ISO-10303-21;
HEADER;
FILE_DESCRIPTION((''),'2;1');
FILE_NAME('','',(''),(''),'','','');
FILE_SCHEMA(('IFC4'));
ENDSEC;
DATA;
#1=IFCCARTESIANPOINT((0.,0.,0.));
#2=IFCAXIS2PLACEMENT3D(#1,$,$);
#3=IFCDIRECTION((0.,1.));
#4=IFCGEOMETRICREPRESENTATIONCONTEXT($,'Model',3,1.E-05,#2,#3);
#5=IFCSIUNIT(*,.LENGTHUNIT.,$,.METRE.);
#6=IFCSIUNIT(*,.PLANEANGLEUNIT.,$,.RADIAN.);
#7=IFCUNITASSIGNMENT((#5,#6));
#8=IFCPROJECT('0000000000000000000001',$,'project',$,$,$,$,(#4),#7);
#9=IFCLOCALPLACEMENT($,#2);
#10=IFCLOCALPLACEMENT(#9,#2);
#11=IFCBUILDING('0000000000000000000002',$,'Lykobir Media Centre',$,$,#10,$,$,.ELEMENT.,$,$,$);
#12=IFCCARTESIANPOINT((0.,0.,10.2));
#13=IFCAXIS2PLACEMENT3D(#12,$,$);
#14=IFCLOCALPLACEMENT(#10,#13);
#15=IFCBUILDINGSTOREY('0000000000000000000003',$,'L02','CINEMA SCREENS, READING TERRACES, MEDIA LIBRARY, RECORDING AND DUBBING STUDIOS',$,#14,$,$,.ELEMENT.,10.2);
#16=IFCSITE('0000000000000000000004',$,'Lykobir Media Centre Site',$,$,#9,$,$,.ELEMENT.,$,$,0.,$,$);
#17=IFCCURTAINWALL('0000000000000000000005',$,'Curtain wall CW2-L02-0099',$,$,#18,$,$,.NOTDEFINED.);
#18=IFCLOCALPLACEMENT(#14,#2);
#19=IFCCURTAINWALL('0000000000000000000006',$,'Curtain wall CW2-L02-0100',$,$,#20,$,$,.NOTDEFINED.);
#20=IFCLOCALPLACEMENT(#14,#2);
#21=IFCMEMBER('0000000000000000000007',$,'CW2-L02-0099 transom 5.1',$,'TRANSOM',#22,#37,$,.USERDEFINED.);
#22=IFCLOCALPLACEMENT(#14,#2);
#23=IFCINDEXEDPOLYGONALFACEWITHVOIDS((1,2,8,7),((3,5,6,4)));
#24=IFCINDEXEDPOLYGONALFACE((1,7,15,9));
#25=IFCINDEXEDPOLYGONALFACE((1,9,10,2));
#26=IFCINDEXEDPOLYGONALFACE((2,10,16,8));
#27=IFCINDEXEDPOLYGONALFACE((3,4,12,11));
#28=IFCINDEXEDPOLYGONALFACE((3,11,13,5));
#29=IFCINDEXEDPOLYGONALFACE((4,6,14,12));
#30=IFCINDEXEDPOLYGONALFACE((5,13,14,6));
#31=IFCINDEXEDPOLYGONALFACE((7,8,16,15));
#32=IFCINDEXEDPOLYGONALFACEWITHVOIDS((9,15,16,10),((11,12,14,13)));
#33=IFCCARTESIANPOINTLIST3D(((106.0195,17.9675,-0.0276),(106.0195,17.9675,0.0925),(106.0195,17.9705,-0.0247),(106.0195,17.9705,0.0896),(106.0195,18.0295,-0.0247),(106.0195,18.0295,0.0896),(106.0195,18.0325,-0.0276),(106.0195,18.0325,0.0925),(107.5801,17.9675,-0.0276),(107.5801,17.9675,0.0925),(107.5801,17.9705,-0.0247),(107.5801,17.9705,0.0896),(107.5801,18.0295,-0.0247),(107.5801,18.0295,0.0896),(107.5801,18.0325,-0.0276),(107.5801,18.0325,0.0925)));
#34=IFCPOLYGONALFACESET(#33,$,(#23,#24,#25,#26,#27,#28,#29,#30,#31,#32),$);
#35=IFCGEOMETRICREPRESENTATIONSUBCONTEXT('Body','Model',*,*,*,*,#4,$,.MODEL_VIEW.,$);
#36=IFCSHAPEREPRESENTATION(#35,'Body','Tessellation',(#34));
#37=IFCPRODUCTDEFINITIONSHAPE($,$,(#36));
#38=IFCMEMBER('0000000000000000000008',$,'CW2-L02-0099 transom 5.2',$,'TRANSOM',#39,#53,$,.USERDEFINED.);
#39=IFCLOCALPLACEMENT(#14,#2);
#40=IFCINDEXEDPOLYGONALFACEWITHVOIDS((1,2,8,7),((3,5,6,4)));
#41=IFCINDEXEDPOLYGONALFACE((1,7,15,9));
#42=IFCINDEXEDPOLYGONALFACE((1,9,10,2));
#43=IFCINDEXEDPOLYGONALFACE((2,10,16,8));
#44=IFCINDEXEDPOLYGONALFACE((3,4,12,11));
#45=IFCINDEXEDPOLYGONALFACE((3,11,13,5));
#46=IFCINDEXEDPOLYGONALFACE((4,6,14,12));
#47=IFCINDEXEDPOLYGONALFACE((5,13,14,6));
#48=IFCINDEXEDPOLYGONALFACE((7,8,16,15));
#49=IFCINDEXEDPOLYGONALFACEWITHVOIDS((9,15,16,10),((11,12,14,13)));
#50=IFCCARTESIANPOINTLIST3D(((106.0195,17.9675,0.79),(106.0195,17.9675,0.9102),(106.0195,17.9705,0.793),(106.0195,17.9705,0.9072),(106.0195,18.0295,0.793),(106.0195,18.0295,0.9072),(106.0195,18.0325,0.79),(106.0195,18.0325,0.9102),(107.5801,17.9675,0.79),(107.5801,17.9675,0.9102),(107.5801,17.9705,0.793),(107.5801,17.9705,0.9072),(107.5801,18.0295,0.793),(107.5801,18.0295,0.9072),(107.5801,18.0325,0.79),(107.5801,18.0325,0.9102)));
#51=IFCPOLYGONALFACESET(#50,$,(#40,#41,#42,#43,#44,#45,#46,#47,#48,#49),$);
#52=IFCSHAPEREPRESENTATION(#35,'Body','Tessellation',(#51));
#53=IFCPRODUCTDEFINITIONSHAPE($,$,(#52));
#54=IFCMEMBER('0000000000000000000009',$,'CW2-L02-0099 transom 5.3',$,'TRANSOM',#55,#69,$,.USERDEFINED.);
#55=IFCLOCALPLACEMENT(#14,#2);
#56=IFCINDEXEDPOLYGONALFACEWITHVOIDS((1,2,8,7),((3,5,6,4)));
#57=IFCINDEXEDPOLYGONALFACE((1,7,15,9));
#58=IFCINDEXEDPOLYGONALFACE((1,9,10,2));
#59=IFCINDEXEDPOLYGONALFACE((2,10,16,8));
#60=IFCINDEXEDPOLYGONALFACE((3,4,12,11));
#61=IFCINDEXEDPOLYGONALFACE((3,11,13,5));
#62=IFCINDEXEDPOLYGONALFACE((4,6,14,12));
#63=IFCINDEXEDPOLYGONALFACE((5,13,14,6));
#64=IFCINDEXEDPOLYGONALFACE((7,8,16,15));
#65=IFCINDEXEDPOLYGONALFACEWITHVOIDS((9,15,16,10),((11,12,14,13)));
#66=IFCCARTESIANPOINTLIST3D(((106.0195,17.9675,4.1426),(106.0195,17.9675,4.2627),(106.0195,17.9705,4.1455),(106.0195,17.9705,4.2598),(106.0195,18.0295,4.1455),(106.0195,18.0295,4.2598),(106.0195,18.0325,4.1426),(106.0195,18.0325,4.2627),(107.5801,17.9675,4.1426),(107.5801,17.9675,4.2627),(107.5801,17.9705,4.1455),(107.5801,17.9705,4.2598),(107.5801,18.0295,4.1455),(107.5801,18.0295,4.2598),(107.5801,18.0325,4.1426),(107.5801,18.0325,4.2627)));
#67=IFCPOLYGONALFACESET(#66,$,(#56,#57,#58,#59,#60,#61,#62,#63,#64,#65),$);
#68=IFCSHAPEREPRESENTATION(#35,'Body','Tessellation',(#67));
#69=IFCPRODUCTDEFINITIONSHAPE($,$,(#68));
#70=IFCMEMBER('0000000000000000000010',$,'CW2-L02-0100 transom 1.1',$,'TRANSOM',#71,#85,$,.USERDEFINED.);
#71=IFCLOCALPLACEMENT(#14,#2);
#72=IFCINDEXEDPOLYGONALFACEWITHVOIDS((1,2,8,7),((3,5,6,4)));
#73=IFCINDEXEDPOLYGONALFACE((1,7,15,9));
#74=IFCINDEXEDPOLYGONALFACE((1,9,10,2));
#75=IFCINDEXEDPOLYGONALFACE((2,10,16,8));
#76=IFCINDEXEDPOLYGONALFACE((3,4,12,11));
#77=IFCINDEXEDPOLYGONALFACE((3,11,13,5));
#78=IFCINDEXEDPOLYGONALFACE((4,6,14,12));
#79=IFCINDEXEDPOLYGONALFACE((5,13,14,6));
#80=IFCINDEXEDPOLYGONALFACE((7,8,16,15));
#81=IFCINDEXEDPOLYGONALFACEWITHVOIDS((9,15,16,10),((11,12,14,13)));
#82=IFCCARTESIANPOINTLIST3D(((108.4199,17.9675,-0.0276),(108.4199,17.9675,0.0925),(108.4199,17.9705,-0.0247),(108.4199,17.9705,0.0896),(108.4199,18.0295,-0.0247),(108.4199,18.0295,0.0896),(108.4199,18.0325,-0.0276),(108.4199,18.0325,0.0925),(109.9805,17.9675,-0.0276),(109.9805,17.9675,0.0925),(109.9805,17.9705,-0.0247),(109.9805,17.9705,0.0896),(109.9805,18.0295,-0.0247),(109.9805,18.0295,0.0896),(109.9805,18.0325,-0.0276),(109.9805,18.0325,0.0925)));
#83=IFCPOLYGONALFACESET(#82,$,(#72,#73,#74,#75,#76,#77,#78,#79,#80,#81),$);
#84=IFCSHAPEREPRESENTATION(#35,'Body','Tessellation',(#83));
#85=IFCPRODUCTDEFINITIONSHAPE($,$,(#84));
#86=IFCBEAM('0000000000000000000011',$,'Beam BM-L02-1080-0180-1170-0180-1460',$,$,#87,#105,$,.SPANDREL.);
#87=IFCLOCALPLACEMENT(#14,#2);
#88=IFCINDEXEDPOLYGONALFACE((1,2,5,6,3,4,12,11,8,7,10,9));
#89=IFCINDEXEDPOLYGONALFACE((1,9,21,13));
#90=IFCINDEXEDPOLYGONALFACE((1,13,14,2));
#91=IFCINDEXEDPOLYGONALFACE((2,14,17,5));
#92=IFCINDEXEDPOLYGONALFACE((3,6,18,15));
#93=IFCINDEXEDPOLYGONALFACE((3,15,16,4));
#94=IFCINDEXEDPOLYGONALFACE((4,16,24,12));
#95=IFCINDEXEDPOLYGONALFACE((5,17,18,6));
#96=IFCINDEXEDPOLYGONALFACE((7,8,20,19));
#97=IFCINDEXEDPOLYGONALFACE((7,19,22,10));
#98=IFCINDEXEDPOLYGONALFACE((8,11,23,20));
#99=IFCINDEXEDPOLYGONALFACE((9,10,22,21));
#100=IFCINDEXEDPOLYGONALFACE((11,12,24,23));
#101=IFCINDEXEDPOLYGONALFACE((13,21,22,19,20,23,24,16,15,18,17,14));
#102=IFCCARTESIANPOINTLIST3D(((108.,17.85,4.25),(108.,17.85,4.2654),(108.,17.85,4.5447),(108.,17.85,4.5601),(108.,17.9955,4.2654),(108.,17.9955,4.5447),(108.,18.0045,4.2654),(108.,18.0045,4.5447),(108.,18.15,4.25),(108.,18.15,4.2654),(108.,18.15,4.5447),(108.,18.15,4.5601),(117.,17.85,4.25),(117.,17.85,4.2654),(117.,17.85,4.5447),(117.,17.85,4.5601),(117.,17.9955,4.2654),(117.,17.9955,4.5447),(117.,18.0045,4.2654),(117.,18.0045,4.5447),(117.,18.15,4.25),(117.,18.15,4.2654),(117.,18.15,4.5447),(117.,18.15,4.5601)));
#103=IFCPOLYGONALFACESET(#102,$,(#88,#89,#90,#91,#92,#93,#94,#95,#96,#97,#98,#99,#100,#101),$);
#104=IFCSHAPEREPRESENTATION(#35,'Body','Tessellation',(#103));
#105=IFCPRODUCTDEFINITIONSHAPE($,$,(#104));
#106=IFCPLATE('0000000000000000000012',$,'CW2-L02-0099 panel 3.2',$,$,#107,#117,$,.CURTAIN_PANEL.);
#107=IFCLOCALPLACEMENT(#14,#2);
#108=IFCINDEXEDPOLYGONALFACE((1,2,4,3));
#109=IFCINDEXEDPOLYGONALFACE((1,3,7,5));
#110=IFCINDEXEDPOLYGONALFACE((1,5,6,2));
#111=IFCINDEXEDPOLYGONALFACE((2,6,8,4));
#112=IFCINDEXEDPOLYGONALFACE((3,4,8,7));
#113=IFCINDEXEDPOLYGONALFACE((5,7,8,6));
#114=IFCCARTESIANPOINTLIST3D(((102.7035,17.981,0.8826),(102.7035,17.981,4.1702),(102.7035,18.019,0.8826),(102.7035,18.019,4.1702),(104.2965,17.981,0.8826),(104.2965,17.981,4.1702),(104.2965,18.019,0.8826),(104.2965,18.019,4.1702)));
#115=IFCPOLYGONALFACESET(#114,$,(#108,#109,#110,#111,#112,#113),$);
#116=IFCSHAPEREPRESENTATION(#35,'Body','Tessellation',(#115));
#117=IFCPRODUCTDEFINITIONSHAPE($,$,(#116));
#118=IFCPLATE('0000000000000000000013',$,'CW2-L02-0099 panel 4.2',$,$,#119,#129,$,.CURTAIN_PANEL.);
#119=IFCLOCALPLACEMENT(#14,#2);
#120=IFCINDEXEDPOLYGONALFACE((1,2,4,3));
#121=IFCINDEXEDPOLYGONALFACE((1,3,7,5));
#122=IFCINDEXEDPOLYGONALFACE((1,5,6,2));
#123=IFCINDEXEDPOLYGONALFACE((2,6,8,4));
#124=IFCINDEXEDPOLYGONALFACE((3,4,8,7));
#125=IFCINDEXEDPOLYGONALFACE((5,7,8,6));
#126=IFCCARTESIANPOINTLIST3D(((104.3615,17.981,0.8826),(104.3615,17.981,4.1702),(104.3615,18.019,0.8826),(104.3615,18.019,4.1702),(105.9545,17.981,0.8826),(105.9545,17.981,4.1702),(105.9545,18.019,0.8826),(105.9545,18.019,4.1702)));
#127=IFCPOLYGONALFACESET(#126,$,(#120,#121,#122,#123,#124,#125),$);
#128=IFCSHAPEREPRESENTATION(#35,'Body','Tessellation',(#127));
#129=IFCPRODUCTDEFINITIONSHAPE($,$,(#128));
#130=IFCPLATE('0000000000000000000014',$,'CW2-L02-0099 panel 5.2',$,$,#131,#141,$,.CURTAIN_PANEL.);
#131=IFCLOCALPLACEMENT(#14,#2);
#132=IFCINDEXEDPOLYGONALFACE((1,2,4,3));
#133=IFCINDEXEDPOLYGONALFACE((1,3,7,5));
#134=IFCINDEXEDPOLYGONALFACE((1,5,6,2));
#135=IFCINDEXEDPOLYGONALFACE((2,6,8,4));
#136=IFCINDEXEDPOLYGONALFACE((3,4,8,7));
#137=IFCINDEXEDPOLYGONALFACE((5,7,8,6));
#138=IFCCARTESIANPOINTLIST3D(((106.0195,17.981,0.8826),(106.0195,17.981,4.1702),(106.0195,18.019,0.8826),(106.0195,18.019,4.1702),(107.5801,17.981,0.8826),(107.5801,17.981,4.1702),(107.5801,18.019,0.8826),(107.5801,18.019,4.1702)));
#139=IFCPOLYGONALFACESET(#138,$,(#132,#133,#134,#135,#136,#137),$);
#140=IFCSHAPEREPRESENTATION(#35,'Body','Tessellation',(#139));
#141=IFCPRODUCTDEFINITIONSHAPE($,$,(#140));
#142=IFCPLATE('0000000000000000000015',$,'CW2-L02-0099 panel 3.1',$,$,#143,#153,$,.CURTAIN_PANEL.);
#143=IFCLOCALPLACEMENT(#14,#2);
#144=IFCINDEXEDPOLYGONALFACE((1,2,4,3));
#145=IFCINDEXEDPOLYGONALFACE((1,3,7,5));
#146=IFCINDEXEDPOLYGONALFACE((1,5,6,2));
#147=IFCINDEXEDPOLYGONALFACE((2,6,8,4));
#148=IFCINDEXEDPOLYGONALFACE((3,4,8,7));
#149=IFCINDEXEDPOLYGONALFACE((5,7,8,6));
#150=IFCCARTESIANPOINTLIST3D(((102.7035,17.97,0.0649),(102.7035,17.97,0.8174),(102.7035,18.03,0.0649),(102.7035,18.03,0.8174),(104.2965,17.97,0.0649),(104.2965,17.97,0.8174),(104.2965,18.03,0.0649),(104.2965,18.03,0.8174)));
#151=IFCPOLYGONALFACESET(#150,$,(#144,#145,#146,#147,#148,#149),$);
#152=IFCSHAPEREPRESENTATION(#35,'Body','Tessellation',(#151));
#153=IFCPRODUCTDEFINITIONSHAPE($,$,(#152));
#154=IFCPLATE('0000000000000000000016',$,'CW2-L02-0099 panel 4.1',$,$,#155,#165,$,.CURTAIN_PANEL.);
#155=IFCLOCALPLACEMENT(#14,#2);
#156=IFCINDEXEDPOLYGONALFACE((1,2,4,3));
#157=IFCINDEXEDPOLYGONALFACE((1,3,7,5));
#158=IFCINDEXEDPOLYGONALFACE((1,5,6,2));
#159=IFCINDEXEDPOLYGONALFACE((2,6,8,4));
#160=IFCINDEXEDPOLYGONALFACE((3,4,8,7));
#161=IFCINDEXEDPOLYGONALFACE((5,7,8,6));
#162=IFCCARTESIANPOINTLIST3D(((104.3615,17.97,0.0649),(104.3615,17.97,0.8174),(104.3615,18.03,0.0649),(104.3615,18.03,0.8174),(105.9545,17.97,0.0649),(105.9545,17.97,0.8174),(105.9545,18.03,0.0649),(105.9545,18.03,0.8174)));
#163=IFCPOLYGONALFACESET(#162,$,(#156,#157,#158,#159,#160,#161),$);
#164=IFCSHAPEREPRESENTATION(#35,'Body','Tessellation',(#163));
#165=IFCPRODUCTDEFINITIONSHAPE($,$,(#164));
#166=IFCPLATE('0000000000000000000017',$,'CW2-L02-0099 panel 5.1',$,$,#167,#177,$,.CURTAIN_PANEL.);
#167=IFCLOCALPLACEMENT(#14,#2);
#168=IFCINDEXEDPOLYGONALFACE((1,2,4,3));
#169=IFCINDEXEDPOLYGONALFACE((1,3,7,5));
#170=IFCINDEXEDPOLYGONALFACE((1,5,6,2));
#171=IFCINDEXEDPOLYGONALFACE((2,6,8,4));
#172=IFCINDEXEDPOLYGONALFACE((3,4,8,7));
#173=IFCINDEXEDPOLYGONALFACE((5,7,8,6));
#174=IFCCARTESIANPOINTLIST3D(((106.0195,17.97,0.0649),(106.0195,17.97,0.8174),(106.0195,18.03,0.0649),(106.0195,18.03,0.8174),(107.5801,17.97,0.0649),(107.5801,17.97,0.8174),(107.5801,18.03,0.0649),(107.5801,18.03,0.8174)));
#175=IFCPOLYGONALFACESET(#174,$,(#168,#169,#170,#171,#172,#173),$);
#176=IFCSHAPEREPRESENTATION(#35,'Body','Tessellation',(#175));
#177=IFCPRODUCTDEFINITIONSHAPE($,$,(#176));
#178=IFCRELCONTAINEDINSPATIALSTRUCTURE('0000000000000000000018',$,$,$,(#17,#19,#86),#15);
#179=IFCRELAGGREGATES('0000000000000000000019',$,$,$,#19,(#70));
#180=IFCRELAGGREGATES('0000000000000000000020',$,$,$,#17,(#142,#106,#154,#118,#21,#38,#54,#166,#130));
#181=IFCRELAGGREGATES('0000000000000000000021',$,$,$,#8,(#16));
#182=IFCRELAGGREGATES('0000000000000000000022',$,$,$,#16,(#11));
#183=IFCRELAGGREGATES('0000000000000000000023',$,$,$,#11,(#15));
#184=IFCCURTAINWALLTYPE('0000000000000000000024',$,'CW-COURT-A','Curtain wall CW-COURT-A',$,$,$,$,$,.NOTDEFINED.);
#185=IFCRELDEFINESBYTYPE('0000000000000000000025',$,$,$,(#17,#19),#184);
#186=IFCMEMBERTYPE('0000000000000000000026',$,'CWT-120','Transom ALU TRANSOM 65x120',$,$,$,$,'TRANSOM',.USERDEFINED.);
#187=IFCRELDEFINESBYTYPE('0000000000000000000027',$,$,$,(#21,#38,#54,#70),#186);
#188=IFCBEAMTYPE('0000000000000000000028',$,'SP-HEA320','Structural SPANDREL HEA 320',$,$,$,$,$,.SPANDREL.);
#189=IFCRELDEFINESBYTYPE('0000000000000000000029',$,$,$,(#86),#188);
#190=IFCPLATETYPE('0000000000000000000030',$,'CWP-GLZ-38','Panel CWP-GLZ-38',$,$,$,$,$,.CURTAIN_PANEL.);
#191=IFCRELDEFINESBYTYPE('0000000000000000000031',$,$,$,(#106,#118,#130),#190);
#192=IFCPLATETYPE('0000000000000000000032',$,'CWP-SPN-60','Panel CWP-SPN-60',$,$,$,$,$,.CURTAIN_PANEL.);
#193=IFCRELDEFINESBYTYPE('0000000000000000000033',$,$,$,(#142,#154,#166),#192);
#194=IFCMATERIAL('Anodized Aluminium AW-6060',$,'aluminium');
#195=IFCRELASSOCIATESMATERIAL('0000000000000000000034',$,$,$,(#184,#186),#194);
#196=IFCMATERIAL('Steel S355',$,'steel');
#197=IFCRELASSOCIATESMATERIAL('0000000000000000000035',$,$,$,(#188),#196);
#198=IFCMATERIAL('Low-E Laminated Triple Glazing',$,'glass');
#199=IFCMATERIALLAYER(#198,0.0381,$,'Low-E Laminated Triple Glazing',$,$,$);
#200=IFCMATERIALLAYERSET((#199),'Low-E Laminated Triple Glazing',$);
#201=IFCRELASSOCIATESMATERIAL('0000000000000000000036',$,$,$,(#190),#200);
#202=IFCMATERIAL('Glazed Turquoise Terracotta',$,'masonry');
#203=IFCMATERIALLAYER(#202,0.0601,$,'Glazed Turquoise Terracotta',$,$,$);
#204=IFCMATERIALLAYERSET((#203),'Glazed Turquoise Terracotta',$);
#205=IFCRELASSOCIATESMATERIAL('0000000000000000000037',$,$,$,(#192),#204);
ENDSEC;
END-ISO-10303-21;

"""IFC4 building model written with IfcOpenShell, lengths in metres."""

from ifc_helpers import new_model, si_unit, direction, frame, origin, origin_2d, place, context, subcontext, project, spatial, rectangle, hollow_rectangle, i_section, extrude, material, layer, layer_set, material_profile, profile_set, type_object, element, aggregate, save


model = new_model("IFC4")

# Units and contexts
model_context = context("Model", 3, precision=1e-05, world=origin(), true_north=direction((0.0, 1.0)))
body_context = subcontext(model_context, "Body", "Model", "MODEL_VIEW")
ifc_project = project(units=[si_unit("LENGTHUNIT", "METRE"), si_unit("PLANEANGLEUNIT", "RADIAN")], contexts=[model_context])

# Site, building, storey
site_placement = place(None, origin())
site = spatial("IfcSite", under=ifc_project, at=site_placement, Name="Lykobir Media Centre Site", CompositionType="ELEMENT", RefElevation=0.0)
building_placement = place(site_placement, origin())
building = spatial("IfcBuilding", under=site, at=building_placement, Name="Lykobir Media Centre", CompositionType="ELEMENT")
storey_placement = place(building_placement, frame((0.0, 0.0, 10.2)))
storey = spatial("IfcBuildingStorey", under=building, at=storey_placement, Name="L02", Description="CINEMA SCREENS, READING TERRACES, MEDIA LIBRARY, RECORDING AND DUBBING STUDIOS", CompositionType="ELEMENT", Elevation=10.2)

# Curtain wall
ifc_material_1 = material(Name="Anodized Aluminium AW-6060", Category="aluminium")
curtain_wall_type = type_object("IfcCurtainWallType", Name="CW-COURT-A", Description="Curtain wall CW-COURT-A", PredefinedType="NOTDEFINED", material=ifc_material_1)
curtain_wall_1_placement = place(storey_placement, origin())
curtain_wall_1 = element("IfcCurtainWall", 1, at=curtain_wall_1_placement, inside=storey, type_object=curtain_wall_type, Name="Curtain wall CW2-L02-0099", PredefinedType="NOTDEFINED")

# Curtain wall
curtain_wall_2_placement = place(storey_placement, origin())
curtain_wall_2 = element("IfcCurtainWall", 2, at=curtain_wall_2_placement, inside=storey, type_object=curtain_wall_type, Name="Curtain wall CW2-L02-0100", PredefinedType="NOTDEFINED")

# Members
ifc_material_profile_1 = material_profile(ifc_material_1, hollow_rectangle(XDim=0.0649, YDim=0.1201, WallThickness=0.0029, at=origin_2d()), Name="ALU TRANSOM 65x120")
ifc_profile_set_1 = profile_set([ifc_material_profile_1], Name="Anodized Aluminium AW-6060")
member_type_1 = type_object("IfcMemberType", Name="CWT-120", Description="Transom ALU TRANSOM 65x120", ElementType="TRANSOM", PredefinedType="USERDEFINED", material=ifc_profile_set_1)
member_1_placement = place(storey_placement, frame((106.0195, 18.0, 0.0325), z_axis=(1.0, 0.0, 0.0), x_axis=(0.0, 1.0, 0.0)))
member_1 = element("IfcMember", 3, at=member_1_placement, type_object=member_type_1, Name="CW2-L02-0099 transom 5.1", ObjectType="TRANSOM", PredefinedType="USERDEFINED", context=body_context, shape_type="SweptSolid", body=[
    extrude(hollow_rectangle(XDim=0.0649, YDim=0.1201, WallThickness=0.0029, at=origin_2d()), origin(), (0.0, 0.0, 1.0), 1.5605),
])
member_2_placement = place(storey_placement, frame((106.0195, 18.0, 0.8501), z_axis=(1.0, 0.0, 0.0), x_axis=(0.0, 1.0, 0.0)))
member_2 = element("IfcMember", 4, at=member_2_placement, type_object=member_type_1, Name="CW2-L02-0099 transom 5.2", ObjectType="TRANSOM", PredefinedType="USERDEFINED", context=body_context, shape_type="SweptSolid", body=[
    extrude(hollow_rectangle(XDim=0.0649, YDim=0.1201, WallThickness=0.0029, at=origin_2d()), origin(), (0.0, 0.0, 1.0), 1.5605),
])
member_3_placement = place(storey_placement, frame((106.0195, 18.0, 4.2026), z_axis=(1.0, 0.0, 0.0), x_axis=(0.0, 1.0, 0.0)))
member_3 = element("IfcMember", 5, at=member_3_placement, type_object=member_type_1, Name="CW2-L02-0099 transom 5.3", ObjectType="TRANSOM", PredefinedType="USERDEFINED", context=body_context, shape_type="SweptSolid", body=[
    extrude(hollow_rectangle(XDim=0.0649, YDim=0.1201, WallThickness=0.0029, at=origin_2d()), origin(), (0.0, 0.0, 1.0), 1.5605),
])
member_4_placement = place(storey_placement, frame((108.4199, 18.0, 0.0325), z_axis=(1.0, 0.0, 0.0), x_axis=(0.0, 1.0, 0.0)))
member_4 = element("IfcMember", 6, at=member_4_placement, type_object=member_type_1, Name="CW2-L02-0100 transom 1.1", ObjectType="TRANSOM", PredefinedType="USERDEFINED", context=body_context, shape_type="SweptSolid", body=[
    extrude(hollow_rectangle(XDim=0.0649, YDim=0.1201, WallThickness=0.0029, at=origin_2d()), origin(), (0.0, 0.0, 1.0), 1.5605),
])
aggregate(curtain_wall_2, [member_4])

# Beam
ifc_material_2 = material(Name="Steel S355", Category="steel")
ifc_material_profile_2 = material_profile(ifc_material_2, i_section(OverallWidth=0.3, OverallDepth=0.3101, WebThickness=0.009, FlangeThickness=0.0154, at=origin_2d()), Name="HEA 320")
ifc_profile_set_2 = profile_set([ifc_material_profile_2], Name="Steel S355")
beam_type = type_object("IfcBeamType", Name="SP-HEA320", Description="Structural SPANDREL HEA 320", PredefinedType="SPANDREL", material=ifc_profile_set_2)
beam_placement = place(storey_placement, frame((108.0, 18.0, 4.405), z_axis=(1.0, 0.0, 0.0), x_axis=(0.0, 1.0, 0.0)))
element("IfcBeam", 7, at=beam_placement, inside=storey, type_object=beam_type, Name="Beam BM-L02-1080-0180-1170-0180-1460", PredefinedType="SPANDREL", context=body_context, shape_type="SweptSolid", body=[
    extrude(i_section(OverallWidth=0.3, OverallDepth=0.3101, WebThickness=0.009, FlangeThickness=0.0154, at=origin_2d()), origin(), (0.0, 0.0, 1.0), 9.0),
])

# Plates
ifc_material_3 = material(Name="Low-E Laminated Triple Glazing", Category="glass")
ifc_layer_1 = layer(ifc_material_3, 0.0381, Name="Low-E Laminated Triple Glazing")
ifc_layer_set_1 = layer_set([ifc_layer_1], Name="Low-E Laminated Triple Glazing")
plate_type_1 = type_object("IfcPlateType", Name="CWP-GLZ-38", Description="Panel CWP-GLZ-38", PredefinedType="CURTAIN_PANEL", material=ifc_layer_set_1)
plate_1_placement = place(storey_placement, frame((103.5, 18.0, 0.8826), z_axis=(0.0, 0.0, 1.0), x_axis=(1.0, 0.0, 0.0)))
plate_1 = element("IfcPlate", 8, at=plate_1_placement, type_object=plate_type_1, Name="CW2-L02-0099 panel 3.2", PredefinedType="CURTAIN_PANEL", context=body_context, shape_type="SweptSolid", body=[
    extrude(rectangle(XDim=1.593, YDim=0.0381, at=origin_2d()), origin(), (0.0, 0.0, 1.0), 3.2876),
])
plate_2_placement = place(storey_placement, frame((105.158, 18.0, 0.8826), z_axis=(0.0, 0.0, 1.0), x_axis=(1.0, 0.0, 0.0)))
plate_2 = element("IfcPlate", 9, at=plate_2_placement, type_object=plate_type_1, Name="CW2-L02-0099 panel 4.2", PredefinedType="CURTAIN_PANEL", context=body_context, shape_type="SweptSolid", body=[
    extrude(rectangle(XDim=1.593, YDim=0.0381, at=origin_2d()), origin(), (0.0, 0.0, 1.0), 3.2876),
])
plate_3_placement = place(storey_placement, frame((106.7998, 18.0, 0.8826), z_axis=(0.0, 0.0, 1.0), x_axis=(1.0, 0.0, 0.0)))
plate_3 = element("IfcPlate", 10, at=plate_3_placement, type_object=plate_type_1, Name="CW2-L02-0099 panel 5.2", PredefinedType="CURTAIN_PANEL", context=body_context, shape_type="SweptSolid", body=[
    extrude(rectangle(XDim=1.5605, YDim=0.0381, at=origin_2d()), origin(), (0.0, 0.0, 1.0), 3.2876),
])
ifc_material_4 = material(Name="Glazed Turquoise Terracotta", Category="masonry")
ifc_layer_2 = layer(ifc_material_4, 0.0601, Name="Glazed Turquoise Terracotta")
ifc_layer_set_2 = layer_set([ifc_layer_2], Name="Glazed Turquoise Terracotta")
plate_type_2 = type_object("IfcPlateType", Name="CWP-SPN-60", Description="Panel CWP-SPN-60", PredefinedType="CURTAIN_PANEL", material=ifc_layer_set_2)
plate_4_placement = place(storey_placement, frame((103.5, 18.0, 0.0649), z_axis=(0.0, 0.0, 1.0), x_axis=(1.0, 0.0, 0.0)))
plate_4 = element("IfcPlate", 11, at=plate_4_placement, type_object=plate_type_2, Name="CW2-L02-0099 panel 3.1", PredefinedType="CURTAIN_PANEL", context=body_context, shape_type="SweptSolid", body=[
    extrude(rectangle(XDim=1.593, YDim=0.0601, at=origin_2d()), origin(), (0.0, 0.0, 1.0), 0.7524),
])
plate_5_placement = place(storey_placement, frame((105.158, 18.0, 0.0649), z_axis=(0.0, 0.0, 1.0), x_axis=(1.0, 0.0, 0.0)))
plate_5 = element("IfcPlate", 12, at=plate_5_placement, type_object=plate_type_2, Name="CW2-L02-0099 panel 4.1", PredefinedType="CURTAIN_PANEL", context=body_context, shape_type="SweptSolid", body=[
    extrude(rectangle(XDim=1.593, YDim=0.0601, at=origin_2d()), origin(), (0.0, 0.0, 1.0), 0.7524),
])
plate_6_placement = place(storey_placement, frame((106.7998, 18.0, 0.0649), z_axis=(0.0, 0.0, 1.0), x_axis=(1.0, 0.0, 0.0)))
plate_6 = element("IfcPlate", 13, at=plate_6_placement, type_object=plate_type_2, Name="CW2-L02-0099 panel 5.1", PredefinedType="CURTAIN_PANEL", context=body_context, shape_type="SweptSolid", body=[
    extrude(rectangle(XDim=1.5605, YDim=0.0601, at=origin_2d()), origin(), (0.0, 0.0, 1.0), 0.7524),
])
aggregate(curtain_wall_1, [plate_4, plate_1, plate_5, plate_2, member_1, member_2, member_3, plate_6, plate_3])

save(model, "model.ifc")
